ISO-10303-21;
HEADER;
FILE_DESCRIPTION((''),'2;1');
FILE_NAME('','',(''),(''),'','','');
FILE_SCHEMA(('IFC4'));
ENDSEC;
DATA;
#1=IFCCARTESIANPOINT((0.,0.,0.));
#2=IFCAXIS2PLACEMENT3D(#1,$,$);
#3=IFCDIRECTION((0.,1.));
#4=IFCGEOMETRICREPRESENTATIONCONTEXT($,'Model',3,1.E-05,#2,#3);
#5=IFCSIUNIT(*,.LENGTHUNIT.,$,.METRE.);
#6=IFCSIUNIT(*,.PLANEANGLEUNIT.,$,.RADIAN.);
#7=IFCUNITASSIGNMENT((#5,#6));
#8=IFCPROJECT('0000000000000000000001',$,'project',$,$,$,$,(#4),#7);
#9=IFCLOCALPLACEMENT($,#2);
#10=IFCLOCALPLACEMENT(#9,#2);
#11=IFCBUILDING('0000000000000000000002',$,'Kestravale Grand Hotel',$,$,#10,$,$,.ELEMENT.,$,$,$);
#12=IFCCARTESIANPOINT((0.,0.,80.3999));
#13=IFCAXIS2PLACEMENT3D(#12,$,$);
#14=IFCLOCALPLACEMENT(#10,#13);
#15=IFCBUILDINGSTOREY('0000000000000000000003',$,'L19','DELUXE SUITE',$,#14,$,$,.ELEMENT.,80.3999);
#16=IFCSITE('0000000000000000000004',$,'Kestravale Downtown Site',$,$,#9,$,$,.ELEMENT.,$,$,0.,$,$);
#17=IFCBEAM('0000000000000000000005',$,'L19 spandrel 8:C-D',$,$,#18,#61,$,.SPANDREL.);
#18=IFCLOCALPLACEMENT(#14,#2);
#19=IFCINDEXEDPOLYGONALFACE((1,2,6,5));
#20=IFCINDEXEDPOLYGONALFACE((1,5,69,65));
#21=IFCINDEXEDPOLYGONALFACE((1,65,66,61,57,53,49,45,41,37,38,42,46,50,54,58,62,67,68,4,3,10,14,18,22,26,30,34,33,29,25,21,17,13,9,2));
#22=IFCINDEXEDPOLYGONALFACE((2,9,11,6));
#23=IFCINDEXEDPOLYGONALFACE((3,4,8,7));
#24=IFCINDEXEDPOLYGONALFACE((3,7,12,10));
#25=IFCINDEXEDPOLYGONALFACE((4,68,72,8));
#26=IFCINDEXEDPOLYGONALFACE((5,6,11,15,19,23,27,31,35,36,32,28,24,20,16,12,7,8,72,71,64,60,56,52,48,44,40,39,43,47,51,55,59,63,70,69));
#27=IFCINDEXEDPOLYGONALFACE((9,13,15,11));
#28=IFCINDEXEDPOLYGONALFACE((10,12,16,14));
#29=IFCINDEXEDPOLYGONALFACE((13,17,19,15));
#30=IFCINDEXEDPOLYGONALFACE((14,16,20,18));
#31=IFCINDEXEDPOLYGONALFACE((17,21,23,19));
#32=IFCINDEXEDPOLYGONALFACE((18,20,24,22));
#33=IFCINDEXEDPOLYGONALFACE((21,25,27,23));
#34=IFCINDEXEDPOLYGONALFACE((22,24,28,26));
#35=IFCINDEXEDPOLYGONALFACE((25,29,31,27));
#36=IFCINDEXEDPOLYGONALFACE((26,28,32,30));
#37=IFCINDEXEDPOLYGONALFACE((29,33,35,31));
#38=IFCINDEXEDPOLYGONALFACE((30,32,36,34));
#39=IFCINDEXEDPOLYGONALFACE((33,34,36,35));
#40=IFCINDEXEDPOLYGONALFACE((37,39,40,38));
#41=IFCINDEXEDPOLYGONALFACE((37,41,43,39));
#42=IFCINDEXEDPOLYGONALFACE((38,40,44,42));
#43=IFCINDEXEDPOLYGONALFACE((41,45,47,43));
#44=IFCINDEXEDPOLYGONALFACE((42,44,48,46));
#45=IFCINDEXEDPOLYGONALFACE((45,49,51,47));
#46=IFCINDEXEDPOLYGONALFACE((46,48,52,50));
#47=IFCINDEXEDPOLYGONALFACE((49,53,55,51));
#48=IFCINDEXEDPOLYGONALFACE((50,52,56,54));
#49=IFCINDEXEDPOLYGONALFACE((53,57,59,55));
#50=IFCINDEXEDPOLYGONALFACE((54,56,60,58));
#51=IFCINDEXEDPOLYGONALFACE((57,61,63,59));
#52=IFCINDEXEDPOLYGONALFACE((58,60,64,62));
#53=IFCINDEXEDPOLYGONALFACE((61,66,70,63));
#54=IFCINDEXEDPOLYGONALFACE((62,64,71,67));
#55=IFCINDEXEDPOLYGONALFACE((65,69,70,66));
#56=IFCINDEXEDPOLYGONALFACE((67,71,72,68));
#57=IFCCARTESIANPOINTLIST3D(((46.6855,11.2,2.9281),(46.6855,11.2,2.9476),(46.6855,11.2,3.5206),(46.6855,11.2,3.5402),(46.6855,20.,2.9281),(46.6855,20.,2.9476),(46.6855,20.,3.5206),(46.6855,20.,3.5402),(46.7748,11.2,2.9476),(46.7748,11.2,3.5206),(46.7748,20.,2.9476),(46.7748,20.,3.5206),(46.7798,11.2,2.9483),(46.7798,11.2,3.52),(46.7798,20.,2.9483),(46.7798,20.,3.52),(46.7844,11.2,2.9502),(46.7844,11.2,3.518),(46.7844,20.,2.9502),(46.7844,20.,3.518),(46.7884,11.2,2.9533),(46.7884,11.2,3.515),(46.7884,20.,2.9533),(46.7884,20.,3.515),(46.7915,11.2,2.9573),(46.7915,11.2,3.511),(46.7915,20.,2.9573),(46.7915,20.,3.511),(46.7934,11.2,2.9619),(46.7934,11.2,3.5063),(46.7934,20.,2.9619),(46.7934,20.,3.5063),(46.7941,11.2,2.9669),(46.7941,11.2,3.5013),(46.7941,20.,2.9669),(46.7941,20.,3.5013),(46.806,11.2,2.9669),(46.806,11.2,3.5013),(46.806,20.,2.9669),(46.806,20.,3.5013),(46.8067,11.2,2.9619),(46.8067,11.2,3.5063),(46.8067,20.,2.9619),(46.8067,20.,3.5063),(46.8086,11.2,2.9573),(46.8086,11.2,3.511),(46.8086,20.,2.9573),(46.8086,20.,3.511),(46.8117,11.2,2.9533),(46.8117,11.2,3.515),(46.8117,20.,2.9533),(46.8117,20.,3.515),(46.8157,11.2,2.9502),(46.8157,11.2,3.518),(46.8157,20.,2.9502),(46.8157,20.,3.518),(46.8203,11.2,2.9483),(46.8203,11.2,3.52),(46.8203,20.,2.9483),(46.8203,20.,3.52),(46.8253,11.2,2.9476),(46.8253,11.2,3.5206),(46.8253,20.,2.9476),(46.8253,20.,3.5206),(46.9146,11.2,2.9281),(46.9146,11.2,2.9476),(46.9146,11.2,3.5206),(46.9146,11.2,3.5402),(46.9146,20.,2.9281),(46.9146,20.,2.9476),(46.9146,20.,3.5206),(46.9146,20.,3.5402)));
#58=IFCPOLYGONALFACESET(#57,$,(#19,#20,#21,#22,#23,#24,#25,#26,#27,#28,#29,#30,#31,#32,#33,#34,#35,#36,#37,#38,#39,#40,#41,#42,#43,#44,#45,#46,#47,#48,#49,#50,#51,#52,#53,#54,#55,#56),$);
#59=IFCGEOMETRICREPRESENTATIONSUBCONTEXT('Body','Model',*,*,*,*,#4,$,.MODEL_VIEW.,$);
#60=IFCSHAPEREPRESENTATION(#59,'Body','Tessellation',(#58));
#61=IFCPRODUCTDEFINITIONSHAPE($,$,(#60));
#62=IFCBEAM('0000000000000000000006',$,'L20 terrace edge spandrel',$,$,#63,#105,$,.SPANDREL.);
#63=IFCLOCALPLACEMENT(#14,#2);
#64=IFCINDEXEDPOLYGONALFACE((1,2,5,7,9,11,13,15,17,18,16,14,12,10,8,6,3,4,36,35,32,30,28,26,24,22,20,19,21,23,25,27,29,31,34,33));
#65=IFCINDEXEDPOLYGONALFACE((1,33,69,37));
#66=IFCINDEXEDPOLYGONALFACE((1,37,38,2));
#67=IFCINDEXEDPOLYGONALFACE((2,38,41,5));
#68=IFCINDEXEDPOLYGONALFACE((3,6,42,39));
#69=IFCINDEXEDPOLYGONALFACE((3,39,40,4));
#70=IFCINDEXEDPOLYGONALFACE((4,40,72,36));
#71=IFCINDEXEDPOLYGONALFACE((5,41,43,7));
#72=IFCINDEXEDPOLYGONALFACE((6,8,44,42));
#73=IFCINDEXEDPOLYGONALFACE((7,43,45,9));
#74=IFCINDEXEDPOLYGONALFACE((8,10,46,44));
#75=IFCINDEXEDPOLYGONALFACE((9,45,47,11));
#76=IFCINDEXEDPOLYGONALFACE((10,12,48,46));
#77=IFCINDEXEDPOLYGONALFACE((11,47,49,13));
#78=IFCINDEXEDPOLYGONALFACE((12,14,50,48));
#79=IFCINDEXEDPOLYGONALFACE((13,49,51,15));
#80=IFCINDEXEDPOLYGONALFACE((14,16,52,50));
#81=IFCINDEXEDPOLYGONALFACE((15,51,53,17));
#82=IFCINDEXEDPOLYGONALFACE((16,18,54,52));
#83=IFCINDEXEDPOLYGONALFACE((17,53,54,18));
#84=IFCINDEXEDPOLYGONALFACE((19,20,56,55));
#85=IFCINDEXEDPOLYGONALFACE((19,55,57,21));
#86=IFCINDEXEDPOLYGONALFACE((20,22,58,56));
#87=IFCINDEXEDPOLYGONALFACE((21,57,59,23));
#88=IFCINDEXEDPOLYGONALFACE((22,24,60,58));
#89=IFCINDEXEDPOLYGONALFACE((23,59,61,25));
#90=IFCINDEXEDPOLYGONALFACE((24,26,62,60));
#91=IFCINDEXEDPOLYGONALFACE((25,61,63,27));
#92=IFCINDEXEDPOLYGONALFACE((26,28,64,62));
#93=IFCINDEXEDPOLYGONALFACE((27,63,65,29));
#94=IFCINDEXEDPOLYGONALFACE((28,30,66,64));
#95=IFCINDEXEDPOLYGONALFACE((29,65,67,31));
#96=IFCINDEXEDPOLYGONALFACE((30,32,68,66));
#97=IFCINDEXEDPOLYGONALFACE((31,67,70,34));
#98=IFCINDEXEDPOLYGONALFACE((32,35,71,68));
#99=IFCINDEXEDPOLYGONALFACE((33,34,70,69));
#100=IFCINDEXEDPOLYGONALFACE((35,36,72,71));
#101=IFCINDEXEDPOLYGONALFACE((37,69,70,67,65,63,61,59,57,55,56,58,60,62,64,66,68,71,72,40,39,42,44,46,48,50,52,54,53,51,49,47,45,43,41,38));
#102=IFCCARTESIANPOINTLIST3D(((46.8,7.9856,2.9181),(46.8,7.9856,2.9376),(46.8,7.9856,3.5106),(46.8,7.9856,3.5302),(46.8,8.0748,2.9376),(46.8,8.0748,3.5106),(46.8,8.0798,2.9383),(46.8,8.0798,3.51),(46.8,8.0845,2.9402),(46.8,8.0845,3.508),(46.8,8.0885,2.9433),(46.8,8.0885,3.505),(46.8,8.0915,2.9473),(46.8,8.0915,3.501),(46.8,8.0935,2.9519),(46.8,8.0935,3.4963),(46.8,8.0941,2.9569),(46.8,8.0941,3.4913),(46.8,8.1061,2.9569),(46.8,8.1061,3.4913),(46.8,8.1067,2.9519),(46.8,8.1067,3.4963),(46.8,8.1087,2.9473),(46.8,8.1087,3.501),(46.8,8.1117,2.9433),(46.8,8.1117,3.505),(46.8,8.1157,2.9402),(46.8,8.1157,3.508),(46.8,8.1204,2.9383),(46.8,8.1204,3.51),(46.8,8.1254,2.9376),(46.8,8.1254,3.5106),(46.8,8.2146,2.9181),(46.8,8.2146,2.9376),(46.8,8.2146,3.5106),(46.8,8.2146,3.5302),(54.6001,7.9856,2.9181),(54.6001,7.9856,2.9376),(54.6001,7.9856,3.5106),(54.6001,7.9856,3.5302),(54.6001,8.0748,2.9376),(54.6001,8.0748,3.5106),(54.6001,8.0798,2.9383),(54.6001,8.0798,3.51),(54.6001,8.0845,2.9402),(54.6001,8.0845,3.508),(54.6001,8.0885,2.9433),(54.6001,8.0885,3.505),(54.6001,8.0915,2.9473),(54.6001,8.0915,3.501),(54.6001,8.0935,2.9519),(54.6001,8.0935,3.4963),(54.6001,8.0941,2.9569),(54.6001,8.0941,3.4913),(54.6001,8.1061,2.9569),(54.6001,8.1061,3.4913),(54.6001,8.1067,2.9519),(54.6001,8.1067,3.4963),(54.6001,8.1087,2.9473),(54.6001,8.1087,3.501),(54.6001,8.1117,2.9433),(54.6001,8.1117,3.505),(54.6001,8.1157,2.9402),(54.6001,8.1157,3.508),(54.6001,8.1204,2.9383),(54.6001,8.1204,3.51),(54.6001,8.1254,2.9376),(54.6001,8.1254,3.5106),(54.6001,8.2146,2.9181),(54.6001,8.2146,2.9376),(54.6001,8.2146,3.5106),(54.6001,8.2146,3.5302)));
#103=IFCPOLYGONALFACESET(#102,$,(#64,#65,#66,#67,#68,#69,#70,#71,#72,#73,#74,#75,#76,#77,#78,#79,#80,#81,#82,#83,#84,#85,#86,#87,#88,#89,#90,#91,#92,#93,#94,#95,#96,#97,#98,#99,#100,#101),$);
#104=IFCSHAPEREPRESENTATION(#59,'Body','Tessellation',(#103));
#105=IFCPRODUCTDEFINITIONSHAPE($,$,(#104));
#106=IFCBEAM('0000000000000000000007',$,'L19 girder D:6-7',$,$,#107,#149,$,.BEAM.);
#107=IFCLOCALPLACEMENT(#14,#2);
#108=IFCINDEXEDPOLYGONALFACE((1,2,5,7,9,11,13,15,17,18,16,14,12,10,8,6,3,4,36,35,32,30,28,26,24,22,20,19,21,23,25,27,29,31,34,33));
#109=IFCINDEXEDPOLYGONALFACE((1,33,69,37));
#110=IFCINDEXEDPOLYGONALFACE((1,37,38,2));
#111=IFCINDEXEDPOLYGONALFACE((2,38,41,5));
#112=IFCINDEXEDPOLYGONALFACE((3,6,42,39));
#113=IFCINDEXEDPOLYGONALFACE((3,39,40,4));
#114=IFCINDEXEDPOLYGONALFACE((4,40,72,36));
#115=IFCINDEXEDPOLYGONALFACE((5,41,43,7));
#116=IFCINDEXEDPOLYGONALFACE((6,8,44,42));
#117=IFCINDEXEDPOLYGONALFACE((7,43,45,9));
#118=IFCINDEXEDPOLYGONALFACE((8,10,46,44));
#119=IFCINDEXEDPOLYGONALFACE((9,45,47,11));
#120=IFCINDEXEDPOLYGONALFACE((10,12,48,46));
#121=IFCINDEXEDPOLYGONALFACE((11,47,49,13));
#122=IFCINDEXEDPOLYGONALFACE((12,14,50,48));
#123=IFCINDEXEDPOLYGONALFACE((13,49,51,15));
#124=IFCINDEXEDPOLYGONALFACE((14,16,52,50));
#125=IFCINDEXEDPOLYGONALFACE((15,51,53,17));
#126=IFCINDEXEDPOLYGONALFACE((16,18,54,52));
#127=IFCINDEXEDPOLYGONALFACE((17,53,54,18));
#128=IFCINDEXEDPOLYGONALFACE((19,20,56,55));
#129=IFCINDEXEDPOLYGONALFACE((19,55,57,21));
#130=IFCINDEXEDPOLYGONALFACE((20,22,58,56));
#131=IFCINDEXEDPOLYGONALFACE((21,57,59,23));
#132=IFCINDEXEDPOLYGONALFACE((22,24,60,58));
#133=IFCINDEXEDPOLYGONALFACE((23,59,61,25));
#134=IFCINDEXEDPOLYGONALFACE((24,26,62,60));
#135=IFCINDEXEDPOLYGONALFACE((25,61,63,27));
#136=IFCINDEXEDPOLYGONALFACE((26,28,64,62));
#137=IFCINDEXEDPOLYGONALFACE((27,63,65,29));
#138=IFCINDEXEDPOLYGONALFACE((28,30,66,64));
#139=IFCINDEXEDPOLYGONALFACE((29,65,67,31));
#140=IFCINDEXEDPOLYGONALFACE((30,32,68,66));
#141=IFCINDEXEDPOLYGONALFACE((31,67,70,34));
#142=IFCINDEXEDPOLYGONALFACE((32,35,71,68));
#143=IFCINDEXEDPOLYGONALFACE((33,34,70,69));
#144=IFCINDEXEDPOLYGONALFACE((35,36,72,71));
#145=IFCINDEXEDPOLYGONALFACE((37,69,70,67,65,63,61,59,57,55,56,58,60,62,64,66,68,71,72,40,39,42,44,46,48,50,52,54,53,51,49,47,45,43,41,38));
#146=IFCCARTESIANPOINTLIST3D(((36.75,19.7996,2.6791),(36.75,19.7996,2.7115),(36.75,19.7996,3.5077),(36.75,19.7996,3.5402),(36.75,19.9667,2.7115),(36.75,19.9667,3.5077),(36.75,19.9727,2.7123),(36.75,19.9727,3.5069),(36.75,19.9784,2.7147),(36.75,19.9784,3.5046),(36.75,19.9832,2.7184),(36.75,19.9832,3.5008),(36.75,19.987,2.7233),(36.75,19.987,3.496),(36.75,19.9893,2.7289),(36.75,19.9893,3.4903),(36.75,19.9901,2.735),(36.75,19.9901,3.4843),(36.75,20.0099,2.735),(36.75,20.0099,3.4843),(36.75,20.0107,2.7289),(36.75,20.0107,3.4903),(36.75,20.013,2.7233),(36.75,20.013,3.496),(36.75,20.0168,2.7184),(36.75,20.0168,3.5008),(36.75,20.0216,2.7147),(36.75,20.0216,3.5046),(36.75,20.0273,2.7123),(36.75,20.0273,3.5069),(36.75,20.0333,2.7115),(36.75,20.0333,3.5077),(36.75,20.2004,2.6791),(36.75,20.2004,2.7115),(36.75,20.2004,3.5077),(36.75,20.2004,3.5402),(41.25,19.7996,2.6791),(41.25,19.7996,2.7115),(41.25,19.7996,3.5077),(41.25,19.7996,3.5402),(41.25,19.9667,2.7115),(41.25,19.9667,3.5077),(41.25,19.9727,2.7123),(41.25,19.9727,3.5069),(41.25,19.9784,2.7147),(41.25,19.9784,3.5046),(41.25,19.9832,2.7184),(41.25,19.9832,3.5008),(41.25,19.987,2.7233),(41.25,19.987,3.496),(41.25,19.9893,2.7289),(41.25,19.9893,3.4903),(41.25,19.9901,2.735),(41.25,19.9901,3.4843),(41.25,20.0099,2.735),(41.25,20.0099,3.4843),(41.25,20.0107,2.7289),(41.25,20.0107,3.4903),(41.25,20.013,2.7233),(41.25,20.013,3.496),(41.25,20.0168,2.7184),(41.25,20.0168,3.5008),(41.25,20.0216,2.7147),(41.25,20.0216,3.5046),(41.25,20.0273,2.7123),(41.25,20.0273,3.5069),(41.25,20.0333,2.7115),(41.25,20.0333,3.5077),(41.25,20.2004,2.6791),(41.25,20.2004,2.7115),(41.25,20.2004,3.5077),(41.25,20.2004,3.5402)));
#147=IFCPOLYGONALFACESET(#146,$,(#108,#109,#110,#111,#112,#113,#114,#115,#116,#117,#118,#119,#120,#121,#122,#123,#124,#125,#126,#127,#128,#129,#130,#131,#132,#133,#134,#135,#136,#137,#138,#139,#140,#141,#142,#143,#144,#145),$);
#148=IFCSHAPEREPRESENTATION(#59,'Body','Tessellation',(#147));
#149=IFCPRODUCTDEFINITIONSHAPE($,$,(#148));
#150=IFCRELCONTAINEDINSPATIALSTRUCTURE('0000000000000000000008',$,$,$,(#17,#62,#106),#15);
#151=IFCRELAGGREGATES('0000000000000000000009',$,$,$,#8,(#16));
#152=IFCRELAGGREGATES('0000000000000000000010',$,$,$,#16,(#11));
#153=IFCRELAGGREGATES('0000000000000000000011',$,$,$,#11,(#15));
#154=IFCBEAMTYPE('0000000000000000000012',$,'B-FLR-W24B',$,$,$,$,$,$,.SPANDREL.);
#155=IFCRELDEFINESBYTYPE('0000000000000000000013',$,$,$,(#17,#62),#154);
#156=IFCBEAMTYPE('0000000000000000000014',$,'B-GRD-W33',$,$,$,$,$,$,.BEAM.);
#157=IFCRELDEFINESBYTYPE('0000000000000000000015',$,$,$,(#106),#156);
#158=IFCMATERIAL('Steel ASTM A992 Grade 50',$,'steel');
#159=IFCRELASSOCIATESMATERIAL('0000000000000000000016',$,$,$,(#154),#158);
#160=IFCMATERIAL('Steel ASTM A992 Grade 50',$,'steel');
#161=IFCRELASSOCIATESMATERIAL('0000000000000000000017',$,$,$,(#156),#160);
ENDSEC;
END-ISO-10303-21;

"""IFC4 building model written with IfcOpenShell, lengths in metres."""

from ifc_helpers import new_model, si_unit, direction, frame, origin, origin_2d, place, context, subcontext, project, spatial, i_section, extrude, material, material_profile, profile_set, type_object, element, save


model = new_model("IFC4")

# Units and contexts
model_context = context("Model", 3, precision=1e-05, world=origin(), true_north=direction((0.0, 1.0)))
body_context = subcontext(model_context, "Body", "Model", "MODEL_VIEW")
ifc_project = project(units=[si_unit("LENGTHUNIT", "METRE"), si_unit("PLANEANGLEUNIT", "RADIAN")], contexts=[model_context])

# Site, building, storey
site_placement = place(None, origin())
site = spatial("IfcSite", under=ifc_project, at=site_placement, Name="Kestravale Downtown Site", CompositionType="ELEMENT", RefElevation=0.0)
building_placement = place(site_placement, origin())
building = spatial("IfcBuilding", under=site, at=building_placement, Name="Kestravale Grand Hotel", CompositionType="ELEMENT")
storey_placement = place(building_placement, frame((0.0, 0.0, 80.3999)))
storey = spatial("IfcBuildingStorey", under=building, at=storey_placement, Name="L19", Description="DELUXE SUITE", CompositionType="ELEMENT", Elevation=80.3999)

# Beams
ifc_material_1 = material(Name="Steel ASTM A992 Grade 50", Category="steel")
ifc_material_profile_1 = material_profile(ifc_material_1, i_section(OverallWidth=0.229, OverallDepth=0.6121, WebThickness=0.012, FlangeThickness=0.0195, FilletRadius=0.0193, at=origin_2d()))
ifc_profile_set_1 = profile_set([ifc_material_profile_1], Name="Steel ASTM A992 Grade 50")
beam_type_1 = type_object("IfcBeamType", Name="B-FLR-W24B", PredefinedType="SPANDREL", material=ifc_profile_set_1)
beam_1_placement = place(storey_placement, frame((46.8, 11.2, 3.2341), z_axis=(0.0, 1.0, 0.0), x_axis=(-1.0, 0.0, 0.0)))
element("IfcBeam", 1, at=beam_1_placement, inside=storey, type_object=beam_type_1, Name="L19 spandrel 8:C-D", PredefinedType="SPANDREL", context=body_context, shape_type="SweptSolid", body=[
    extrude(i_section(OverallWidth=0.229, OverallDepth=0.6121, WebThickness=0.012, FlangeThickness=0.0195, FilletRadius=0.0193, at=origin_2d()), origin(), (0.0, 0.0, 1.0), 8.8),
])
beam_2_placement = place(storey_placement, frame((46.8, 8.1001, 3.2241), z_axis=(1.0, 0.0, 0.0), x_axis=(0.0, 1.0, 0.0)))
element("IfcBeam", 2, at=beam_2_placement, inside=storey, type_object=beam_type_1, Name="L20 terrace edge spandrel", PredefinedType="SPANDREL", context=body_context, shape_type="SweptSolid", body=[
    extrude(i_section(OverallWidth=0.229, OverallDepth=0.6121, WebThickness=0.012, FlangeThickness=0.0195, FilletRadius=0.0193, at=origin_2d()), origin(), (0.0, 0.0, 1.0), 7.8),
])
ifc_material_2 = material(Name="Steel ASTM A992 Grade 50", Category="steel")
ifc_material_profile_2 = material_profile(ifc_material_2, i_section(OverallWidth=0.4009, OverallDepth=0.8611, WebThickness=0.0198, FlangeThickness=0.0325, FilletRadius=0.0234, at=origin_2d()))
ifc_profile_set_2 = profile_set([ifc_material_profile_2], Name="Steel ASTM A992 Grade 50")
beam_type_2 = type_object("IfcBeamType", Name="B-GRD-W33", PredefinedType="BEAM", material=ifc_profile_set_2)
beam_3_placement = place(storey_placement, frame((36.75, 20.0, 3.1096), z_axis=(1.0, 0.0, 0.0), x_axis=(0.0, 1.0, 0.0)))
element("IfcBeam", 3, at=beam_3_placement, inside=storey, type_object=beam_type_2, Name="L19 girder D:6-7", PredefinedType="BEAM", context=body_context, shape_type="SweptSolid", body=[
    extrude(i_section(OverallWidth=0.4009, OverallDepth=0.8611, WebThickness=0.0198, FlangeThickness=0.0325, FilletRadius=0.0234, at=origin_2d()), origin(), (0.0, 0.0, 1.0), 4.5),
])

save(model, "model.ifc")
